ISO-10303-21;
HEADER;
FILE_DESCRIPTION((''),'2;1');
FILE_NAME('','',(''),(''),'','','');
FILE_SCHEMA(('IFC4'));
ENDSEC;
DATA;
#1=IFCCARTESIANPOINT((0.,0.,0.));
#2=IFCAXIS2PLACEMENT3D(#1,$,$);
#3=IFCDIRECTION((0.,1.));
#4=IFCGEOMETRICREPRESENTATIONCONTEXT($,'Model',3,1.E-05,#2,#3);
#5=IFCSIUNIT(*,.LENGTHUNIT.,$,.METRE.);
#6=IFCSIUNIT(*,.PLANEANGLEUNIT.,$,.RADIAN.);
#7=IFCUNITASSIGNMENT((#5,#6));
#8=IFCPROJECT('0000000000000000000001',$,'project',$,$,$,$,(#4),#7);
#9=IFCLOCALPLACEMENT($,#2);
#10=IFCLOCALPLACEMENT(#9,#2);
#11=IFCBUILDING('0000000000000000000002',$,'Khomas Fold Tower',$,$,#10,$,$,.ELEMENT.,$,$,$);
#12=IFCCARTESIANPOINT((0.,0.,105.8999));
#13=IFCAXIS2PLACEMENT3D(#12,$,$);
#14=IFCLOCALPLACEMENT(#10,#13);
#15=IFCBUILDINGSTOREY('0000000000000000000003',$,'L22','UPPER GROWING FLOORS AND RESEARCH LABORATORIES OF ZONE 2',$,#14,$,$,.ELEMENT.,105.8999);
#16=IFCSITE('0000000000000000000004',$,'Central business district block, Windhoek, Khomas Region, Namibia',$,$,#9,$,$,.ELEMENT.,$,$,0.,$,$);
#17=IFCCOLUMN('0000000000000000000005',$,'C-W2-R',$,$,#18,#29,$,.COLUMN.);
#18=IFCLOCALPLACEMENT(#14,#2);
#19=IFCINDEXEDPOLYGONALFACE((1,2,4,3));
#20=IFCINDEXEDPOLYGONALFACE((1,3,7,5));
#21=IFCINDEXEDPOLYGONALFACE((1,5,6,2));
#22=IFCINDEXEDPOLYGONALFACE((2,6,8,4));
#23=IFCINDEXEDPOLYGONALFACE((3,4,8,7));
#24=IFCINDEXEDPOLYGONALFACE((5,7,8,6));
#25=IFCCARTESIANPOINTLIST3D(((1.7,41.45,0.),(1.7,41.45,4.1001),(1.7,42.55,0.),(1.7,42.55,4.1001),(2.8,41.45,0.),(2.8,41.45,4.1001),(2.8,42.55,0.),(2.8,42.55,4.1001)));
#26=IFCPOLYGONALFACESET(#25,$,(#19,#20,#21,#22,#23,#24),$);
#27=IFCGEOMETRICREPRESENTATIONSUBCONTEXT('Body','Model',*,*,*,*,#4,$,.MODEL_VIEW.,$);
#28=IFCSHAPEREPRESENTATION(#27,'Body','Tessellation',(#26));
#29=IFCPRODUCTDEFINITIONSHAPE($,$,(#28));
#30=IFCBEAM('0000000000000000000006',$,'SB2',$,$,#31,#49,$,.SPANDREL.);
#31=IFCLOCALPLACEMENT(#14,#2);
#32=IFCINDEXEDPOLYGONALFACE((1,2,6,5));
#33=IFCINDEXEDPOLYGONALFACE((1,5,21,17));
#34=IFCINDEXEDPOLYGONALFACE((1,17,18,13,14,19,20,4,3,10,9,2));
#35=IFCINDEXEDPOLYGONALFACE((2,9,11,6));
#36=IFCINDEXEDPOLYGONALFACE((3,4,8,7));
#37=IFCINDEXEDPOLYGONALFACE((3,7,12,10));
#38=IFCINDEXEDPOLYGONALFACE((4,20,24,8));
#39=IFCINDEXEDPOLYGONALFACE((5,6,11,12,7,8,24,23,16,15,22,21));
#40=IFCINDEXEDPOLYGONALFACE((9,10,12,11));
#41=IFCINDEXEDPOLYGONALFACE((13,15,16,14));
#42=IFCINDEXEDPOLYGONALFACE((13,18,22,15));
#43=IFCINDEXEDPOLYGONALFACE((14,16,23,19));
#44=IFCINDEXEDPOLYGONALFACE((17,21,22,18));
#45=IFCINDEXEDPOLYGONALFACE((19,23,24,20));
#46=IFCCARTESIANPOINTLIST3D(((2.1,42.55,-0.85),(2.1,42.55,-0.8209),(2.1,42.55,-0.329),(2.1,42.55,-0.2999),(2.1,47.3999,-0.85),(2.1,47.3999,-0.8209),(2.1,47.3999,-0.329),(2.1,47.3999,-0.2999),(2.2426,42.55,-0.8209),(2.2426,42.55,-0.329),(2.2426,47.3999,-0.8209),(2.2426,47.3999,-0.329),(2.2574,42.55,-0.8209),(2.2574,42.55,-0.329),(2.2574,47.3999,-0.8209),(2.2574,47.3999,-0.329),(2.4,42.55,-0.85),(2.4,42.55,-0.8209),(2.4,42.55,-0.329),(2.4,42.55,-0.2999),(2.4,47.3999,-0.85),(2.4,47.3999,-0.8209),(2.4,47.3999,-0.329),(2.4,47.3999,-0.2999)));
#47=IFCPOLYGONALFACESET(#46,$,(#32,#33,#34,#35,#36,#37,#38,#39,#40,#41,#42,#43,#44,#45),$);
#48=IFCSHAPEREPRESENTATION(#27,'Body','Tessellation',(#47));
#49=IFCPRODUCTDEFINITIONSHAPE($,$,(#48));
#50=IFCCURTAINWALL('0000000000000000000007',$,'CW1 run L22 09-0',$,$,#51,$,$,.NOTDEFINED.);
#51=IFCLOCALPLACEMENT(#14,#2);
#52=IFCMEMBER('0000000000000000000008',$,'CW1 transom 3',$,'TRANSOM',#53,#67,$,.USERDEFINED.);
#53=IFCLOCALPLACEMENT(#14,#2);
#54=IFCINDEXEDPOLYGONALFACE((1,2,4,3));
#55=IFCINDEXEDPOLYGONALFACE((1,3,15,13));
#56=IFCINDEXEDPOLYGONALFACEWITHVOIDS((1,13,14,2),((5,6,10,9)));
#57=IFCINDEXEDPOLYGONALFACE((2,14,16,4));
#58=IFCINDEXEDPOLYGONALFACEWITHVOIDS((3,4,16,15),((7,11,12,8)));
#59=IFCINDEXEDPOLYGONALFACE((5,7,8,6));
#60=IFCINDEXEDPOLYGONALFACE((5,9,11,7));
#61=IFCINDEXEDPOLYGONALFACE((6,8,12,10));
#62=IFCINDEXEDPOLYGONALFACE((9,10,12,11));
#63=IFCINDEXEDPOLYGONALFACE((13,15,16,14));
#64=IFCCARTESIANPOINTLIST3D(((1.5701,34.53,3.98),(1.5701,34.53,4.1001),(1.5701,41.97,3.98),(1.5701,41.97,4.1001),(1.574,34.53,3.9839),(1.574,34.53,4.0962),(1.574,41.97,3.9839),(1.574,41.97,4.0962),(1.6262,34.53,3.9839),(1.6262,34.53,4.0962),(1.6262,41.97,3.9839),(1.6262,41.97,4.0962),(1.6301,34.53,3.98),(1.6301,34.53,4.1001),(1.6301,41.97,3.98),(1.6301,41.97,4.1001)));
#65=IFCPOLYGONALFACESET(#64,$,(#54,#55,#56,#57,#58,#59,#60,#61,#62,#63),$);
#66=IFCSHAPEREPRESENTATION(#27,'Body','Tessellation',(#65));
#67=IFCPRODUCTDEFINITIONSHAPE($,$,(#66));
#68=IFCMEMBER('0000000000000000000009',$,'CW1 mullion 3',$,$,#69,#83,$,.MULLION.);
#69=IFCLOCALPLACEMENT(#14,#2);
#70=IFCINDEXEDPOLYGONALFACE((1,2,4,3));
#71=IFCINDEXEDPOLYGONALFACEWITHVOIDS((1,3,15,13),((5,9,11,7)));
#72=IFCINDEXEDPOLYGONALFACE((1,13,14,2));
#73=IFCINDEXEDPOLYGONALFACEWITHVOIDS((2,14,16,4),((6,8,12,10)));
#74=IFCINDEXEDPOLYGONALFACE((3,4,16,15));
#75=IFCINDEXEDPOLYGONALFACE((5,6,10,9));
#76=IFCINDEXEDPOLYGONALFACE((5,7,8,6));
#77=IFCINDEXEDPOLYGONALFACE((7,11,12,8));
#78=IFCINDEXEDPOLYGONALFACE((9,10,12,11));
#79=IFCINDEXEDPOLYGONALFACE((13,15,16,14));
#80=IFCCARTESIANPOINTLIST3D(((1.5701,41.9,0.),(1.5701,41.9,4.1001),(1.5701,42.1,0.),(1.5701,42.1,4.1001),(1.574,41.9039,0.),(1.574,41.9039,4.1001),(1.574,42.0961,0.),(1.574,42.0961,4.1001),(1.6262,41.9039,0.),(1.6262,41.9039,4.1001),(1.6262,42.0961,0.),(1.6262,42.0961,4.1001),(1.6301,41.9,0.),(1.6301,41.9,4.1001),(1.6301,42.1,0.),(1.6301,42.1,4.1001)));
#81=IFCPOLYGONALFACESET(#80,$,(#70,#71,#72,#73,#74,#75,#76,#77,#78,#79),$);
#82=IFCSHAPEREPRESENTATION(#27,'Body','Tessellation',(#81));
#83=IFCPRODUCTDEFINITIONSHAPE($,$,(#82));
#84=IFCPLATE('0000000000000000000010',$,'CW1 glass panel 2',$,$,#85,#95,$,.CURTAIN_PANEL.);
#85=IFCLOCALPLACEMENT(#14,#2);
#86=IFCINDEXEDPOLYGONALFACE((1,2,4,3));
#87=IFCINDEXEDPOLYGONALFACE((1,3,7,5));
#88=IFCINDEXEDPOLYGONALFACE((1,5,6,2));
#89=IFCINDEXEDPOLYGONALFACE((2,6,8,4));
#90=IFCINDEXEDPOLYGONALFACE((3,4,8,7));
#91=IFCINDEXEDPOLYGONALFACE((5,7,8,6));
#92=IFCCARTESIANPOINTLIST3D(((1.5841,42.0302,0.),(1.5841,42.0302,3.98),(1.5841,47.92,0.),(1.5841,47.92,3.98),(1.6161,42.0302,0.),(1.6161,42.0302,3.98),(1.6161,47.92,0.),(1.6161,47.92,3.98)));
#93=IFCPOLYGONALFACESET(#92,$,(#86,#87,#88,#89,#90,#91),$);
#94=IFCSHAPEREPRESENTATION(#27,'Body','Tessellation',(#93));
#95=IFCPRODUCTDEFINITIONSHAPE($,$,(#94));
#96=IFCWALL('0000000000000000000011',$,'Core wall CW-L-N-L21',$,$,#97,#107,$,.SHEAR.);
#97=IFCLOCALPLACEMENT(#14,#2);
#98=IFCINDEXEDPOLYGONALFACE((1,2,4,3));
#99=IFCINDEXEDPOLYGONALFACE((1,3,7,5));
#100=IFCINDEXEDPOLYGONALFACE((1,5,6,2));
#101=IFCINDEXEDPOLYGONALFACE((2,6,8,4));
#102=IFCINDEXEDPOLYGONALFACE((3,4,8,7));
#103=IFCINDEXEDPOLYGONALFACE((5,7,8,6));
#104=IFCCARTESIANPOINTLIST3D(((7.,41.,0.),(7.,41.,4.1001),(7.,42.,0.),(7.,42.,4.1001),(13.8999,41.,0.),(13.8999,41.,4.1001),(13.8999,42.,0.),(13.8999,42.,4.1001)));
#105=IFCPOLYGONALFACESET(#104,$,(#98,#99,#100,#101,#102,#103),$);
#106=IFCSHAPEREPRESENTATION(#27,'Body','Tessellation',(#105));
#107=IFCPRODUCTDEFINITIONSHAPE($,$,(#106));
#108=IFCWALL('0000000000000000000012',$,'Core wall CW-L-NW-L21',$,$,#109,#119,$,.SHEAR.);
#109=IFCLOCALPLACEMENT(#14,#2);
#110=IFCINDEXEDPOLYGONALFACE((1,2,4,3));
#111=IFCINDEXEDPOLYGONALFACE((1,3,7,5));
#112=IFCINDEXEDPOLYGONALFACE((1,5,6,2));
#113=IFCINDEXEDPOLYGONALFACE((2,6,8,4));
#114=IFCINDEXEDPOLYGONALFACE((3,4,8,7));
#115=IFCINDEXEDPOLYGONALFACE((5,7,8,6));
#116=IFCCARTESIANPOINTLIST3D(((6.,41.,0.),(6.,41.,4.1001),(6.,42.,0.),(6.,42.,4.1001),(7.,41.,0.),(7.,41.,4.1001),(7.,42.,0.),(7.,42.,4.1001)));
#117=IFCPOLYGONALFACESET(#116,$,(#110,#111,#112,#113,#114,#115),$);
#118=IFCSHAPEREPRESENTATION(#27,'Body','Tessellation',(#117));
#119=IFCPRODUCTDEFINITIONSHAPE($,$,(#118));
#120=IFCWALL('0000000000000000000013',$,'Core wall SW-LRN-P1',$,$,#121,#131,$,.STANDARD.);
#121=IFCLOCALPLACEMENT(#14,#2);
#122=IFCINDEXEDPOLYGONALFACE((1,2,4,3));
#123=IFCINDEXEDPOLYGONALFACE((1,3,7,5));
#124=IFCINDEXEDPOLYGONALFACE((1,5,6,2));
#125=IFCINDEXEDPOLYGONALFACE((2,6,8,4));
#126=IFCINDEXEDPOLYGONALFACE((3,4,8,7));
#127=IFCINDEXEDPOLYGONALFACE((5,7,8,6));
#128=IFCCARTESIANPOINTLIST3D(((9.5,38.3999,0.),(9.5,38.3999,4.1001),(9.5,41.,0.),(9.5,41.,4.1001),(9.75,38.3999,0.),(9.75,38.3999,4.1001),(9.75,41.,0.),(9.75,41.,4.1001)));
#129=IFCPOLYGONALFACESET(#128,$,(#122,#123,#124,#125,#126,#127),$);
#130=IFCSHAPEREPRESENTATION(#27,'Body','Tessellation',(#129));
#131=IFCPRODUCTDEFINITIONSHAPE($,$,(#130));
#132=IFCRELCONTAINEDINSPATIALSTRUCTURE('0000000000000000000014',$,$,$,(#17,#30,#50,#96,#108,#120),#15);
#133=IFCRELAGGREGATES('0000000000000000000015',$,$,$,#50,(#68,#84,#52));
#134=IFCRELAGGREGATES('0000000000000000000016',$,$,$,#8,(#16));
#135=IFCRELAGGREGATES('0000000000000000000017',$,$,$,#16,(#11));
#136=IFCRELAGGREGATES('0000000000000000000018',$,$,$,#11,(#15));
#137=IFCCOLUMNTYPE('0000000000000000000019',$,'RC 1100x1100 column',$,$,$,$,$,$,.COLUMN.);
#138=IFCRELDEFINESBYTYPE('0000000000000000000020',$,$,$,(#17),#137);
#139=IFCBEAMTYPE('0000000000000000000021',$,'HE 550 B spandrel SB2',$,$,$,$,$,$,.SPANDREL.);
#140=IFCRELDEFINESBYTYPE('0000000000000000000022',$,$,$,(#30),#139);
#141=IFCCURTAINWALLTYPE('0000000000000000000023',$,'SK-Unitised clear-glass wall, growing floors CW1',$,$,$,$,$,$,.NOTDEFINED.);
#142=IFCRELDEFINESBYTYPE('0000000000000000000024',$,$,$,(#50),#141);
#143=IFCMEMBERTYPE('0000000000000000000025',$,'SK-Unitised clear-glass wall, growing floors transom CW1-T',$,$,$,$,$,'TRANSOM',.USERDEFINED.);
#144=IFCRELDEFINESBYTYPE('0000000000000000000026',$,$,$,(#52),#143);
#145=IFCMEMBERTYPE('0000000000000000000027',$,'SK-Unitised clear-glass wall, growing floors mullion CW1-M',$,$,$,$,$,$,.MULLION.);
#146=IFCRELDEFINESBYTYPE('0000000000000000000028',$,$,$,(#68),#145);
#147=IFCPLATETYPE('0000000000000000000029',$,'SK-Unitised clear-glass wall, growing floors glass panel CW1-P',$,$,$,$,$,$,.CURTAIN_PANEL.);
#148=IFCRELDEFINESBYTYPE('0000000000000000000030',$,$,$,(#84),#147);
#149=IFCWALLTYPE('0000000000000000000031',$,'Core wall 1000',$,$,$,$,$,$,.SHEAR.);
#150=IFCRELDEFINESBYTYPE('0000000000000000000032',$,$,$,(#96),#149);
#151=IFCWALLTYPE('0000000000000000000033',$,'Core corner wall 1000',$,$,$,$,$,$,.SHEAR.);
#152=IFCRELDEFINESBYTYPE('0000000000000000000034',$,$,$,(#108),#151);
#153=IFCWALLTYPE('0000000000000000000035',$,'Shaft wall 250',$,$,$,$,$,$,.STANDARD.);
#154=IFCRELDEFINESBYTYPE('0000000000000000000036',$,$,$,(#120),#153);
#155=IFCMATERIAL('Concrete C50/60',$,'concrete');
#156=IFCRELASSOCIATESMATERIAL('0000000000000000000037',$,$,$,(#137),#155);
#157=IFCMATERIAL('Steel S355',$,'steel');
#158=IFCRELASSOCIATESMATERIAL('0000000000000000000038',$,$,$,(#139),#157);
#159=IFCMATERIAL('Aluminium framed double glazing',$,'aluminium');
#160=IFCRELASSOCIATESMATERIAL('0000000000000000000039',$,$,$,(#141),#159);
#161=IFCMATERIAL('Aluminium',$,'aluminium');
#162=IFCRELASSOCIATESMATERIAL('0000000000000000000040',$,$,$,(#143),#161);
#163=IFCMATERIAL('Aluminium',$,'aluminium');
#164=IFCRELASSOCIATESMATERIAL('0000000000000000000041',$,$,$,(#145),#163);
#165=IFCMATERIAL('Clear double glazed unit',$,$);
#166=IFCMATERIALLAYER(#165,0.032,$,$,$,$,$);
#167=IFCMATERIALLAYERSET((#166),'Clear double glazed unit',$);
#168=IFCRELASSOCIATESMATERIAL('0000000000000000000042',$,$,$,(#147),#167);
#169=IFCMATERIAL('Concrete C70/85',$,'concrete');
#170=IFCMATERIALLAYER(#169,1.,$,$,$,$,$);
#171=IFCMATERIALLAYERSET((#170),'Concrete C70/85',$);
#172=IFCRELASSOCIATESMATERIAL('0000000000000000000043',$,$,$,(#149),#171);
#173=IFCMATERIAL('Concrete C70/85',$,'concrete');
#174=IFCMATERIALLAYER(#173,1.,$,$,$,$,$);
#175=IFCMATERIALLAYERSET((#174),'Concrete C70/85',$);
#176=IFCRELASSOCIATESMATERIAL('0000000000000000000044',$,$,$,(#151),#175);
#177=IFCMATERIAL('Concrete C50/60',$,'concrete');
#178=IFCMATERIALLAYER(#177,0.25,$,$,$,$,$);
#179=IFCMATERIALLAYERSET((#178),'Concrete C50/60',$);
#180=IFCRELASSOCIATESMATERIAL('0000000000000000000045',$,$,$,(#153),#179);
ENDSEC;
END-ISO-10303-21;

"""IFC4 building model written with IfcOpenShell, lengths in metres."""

from ifc_helpers import new_model, si_unit, direction, frame, frame_2d, origin, origin_2d, place, context, subcontext, project, spatial, rectangle, hollow_rectangle, i_section, extrude, source, transform, mapped, material, layer, layer_set, material_profile, profile_set, type_object, element, aggregate, save


model = new_model("IFC4")

# Units and contexts
model_context = context("Model", 3, precision=1e-05, world=origin(), true_north=direction((0.0, 1.0)))
body_context = subcontext(model_context, "Body", "Model", "MODEL_VIEW")
ifc_project = project(units=[si_unit("LENGTHUNIT", "METRE"), si_unit("PLANEANGLEUNIT", "RADIAN")], contexts=[model_context])

# Site, building, storey
site_placement = place(None, origin())
site = spatial("IfcSite", under=ifc_project, at=site_placement, Name="Central business district block, Windhoek, Khomas Region, Namibia", CompositionType="ELEMENT", RefElevation=0.0)
building_placement = place(site_placement, origin())
building = spatial("IfcBuilding", under=site, at=building_placement, Name="Khomas Fold Tower", CompositionType="ELEMENT")
storey_placement = place(building_placement, frame((0.0, 0.0, 105.8999)))
storey = spatial("IfcBuildingStorey", under=building, at=storey_placement, Name="L22", Description="UPPER GROWING FLOORS AND RESEARCH LABORATORIES OF ZONE 2", CompositionType="ELEMENT", Elevation=105.8999)

# Column
ifc_material_1 = material(Name="Concrete C50/60", Category="concrete")
ifc_material_profile_1 = material_profile(ifc_material_1, rectangle(XDim=1.1001, YDim=1.1001, at=origin_2d()), Name="RC 1100x1100")
ifc_profile_set_1 = profile_set([ifc_material_profile_1], Name="Concrete C50/60")
column_type = type_object("IfcColumnType", Name="RC 1100x1100 column", PredefinedType="COLUMN", material=ifc_profile_set_1)
shared_shape_1 = source(origin(), body_context, "Body", "SweptSolid", [
    extrude(rectangle(XDim=1.1001, YDim=1.1001, at=origin_2d()), origin(), (0.0, 0.0, 1.0), 4.1001),
])
column_placement = place(storey_placement, frame((2.25, 42.0, 0.0), z_axis=(0.0, 0.0, 1.0), x_axis=(1.0, 0.0, 0.0)))
element("IfcColumn", 1, at=column_placement, inside=storey, type_object=column_type, Name="C-W2-R", PredefinedType="COLUMN", context=body_context, shape_type="MappedRepresentation", body=[
    mapped(shared_shape_1, transform((0.0, 0.0, 0.0))),
])

# Beam
ifc_material_2 = material(Name="Steel S355", Category="steel")
ifc_material_profile_2 = material_profile(ifc_material_2, i_section(OverallWidth=0.3, OverallDepth=0.55, WebThickness=0.0149, FlangeThickness=0.0291, at=origin_2d()), Name="HE 550 B")
ifc_profile_set_2 = profile_set([ifc_material_profile_2], Name="Steel S355")
beam_type = type_object("IfcBeamType", Name="HE 550 B spandrel SB2", PredefinedType="SPANDREL", material=ifc_profile_set_2)
shared_shape_2 = source(origin(), body_context, "Body", "SweptSolid", [
    extrude(i_section(OverallWidth=0.3, OverallDepth=0.55, WebThickness=0.0149, FlangeThickness=0.0291, at=origin_2d()), origin(), (0.0, 0.0, 1.0), 4.8499),
])
beam_placement = place(storey_placement, frame((2.25, 42.55, -0.575), z_axis=(0.0, 1.0, 0.0), x_axis=(-1.0, 0.0, 0.0)))
element("IfcBeam", 2, at=beam_placement, inside=storey, type_object=beam_type, Name="SB2", PredefinedType="SPANDREL", context=body_context, shape_type="MappedRepresentation", body=[
    mapped(shared_shape_2, transform((0.0, 0.0, 0.0))),
])

# Curtain wall, members, plate
ifc_material_3 = material(Name="Aluminium framed double glazing", Category="aluminium")
curtain_wall_type = type_object("IfcCurtainWallType", Name="SK-Unitised clear-glass wall, growing floors CW1", PredefinedType="NOTDEFINED", material=ifc_material_3)
curtain_wall_placement = place(storey_placement, origin())
curtain_wall = element("IfcCurtainWall", 3, at=curtain_wall_placement, inside=storey, type_object=curtain_wall_type, Name="CW1 run L22 09-0", PredefinedType="NOTDEFINED")
ifc_material_4 = material(Name="Aluminium", Category="aluminium")
ifc_material_profile_3 = material_profile(ifc_material_4, hollow_rectangle(XDim=0.0601, YDim=0.1201, WallThickness=0.0039, at=origin_2d()), Name="SK-Unitised clear-glass wall, growing floors transom CW1-T")
ifc_profile_set_3 = profile_set([ifc_material_profile_3], Name="Aluminium")
member_type_1 = type_object("IfcMemberType", Name="SK-Unitised clear-glass wall, growing floors transom CW1-T", ElementType="TRANSOM", PredefinedType="USERDEFINED", material=ifc_profile_set_3)
shared_shape_3 = source(origin(), body_context, "Body", "SweptSolid", [
    extrude(hollow_rectangle(XDim=0.0601, YDim=0.1201, WallThickness=0.0039, at=origin_2d()), origin(), (0.0, 0.0, 1.0), 7.4399),
])
member_1_placement = place(storey_placement, frame((1.6001, 41.97, 4.04), z_axis=(0.0, -1.0, 0.0), x_axis=(1.0, 0.0, 0.0)))
member_1 = element("IfcMember", 4, at=member_1_placement, type_object=member_type_1, Name="CW1 transom 3", ObjectType="TRANSOM", PredefinedType="USERDEFINED", context=body_context, shape_type="MappedRepresentation", body=[
    mapped(shared_shape_3, transform((0.0, 0.0, 0.0))),
])
ifc_material_5 = material(Name="Aluminium", Category="aluminium")
ifc_material_profile_4 = material_profile(ifc_material_5, hollow_rectangle(XDim=0.0601, YDim=0.2, WallThickness=0.0039, at=origin_2d()), Name="SK-Unitised clear-glass wall, growing floors mullion CW1-M")
ifc_profile_set_4 = profile_set([ifc_material_profile_4], Name="Aluminium")
member_type_2 = type_object("IfcMemberType", Name="SK-Unitised clear-glass wall, growing floors mullion CW1-M", PredefinedType="MULLION", material=ifc_profile_set_4)
shared_shape_4 = source(origin(), body_context, "Body", "SweptSolid", [
    extrude(hollow_rectangle(XDim=0.0601, YDim=0.2, WallThickness=0.0039, at=origin_2d()), origin(), (0.0, 0.0, 1.0), 4.1001),
])
member_2_placement = place(storey_placement, frame((1.6001, 42.0, 0.0), z_axis=(0.0, 0.0, 1.0), x_axis=(1.0, 0.0, 0.0)))
member_2 = element("IfcMember", 5, at=member_2_placement, type_object=member_type_2, Name="CW1 mullion 3", PredefinedType="MULLION", context=body_context, shape_type="MappedRepresentation", body=[
    mapped(shared_shape_4, transform((0.0, 0.0, 0.0))),
])
ifc_material_6 = material(Name="Clear double glazed unit")
ifc_layer_1 = layer(ifc_material_6, 0.032)
ifc_layer_set_1 = layer_set([ifc_layer_1], Name="Clear double glazed unit")
plate_type = type_object("IfcPlateType", Name="SK-Unitised clear-glass wall, growing floors glass panel CW1-P", PredefinedType="CURTAIN_PANEL", material=ifc_layer_set_1)
shared_shape_5 = source(origin(), body_context, "Body", "SweptSolid", [
    extrude(rectangle(XDim=5.8899, YDim=0.032, at=origin_2d()), origin(), (0.0, 0.0, 1.0), 3.98),
])
plate_placement = place(storey_placement, frame((1.6001, 44.9751, 0.0), z_axis=(0.0, 0.0, 1.0), x_axis=(0.0, -1.0, 0.0)))
plate = element("IfcPlate", 6, at=plate_placement, type_object=plate_type, Name="CW1 glass panel 2", PredefinedType="CURTAIN_PANEL", context=body_context, shape_type="MappedRepresentation", body=[
    mapped(shared_shape_5, transform((0.0, 0.0, 0.0))),
])
aggregate(curtain_wall, [member_2, plate, member_1])

# Walls
ifc_material_7 = material(Name="Concrete C70/85", Category="concrete")
ifc_layer_2 = layer(ifc_material_7, 1.0)
ifc_layer_set_2 = layer_set([ifc_layer_2], Name="Concrete C70/85")
wall_type_1 = type_object("IfcWallType", Name="Core wall 1000", PredefinedType="SHEAR", material=ifc_layer_set_2)
shared_shape_6 = source(origin(), body_context, "Body", "SweptSolid", [
    extrude(rectangle(XDim=6.8999, YDim=1.0, at=frame_2d((3.45, 0.0))), origin(), (0.0, 0.0, 1.0), 4.1001),
])
wall_1_placement = place(storey_placement, frame((7.0, 41.5, 0.0), z_axis=(0.0, 0.0, 1.0), x_axis=(1.0, 0.0, 0.0)))
element("IfcWall", 7, at=wall_1_placement, inside=storey, type_object=wall_type_1, Name="Core wall CW-L-N-L21", PredefinedType="SHEAR", context=body_context, shape_type="MappedRepresentation", body=[
    mapped(shared_shape_6, transform((0.0, 0.0, 0.0))),
])
ifc_material_8 = material(Name="Concrete C70/85", Category="concrete")
ifc_layer_3 = layer(ifc_material_8, 1.0)
ifc_layer_set_3 = layer_set([ifc_layer_3], Name="Concrete C70/85")
wall_type_2 = type_object("IfcWallType", Name="Core corner wall 1000", PredefinedType="SHEAR", material=ifc_layer_set_3)
shared_shape_7 = source(origin(), body_context, "Body", "SweptSolid", [
    extrude(rectangle(XDim=1.0, YDim=1.0, at=frame_2d((0.5, 0.0))), origin(), (0.0, 0.0, 1.0), 4.1001),
])
wall_2_placement = place(storey_placement, frame((6.0, 41.5, 0.0), z_axis=(0.0, 0.0, 1.0), x_axis=(1.0, 0.0, 0.0)))
element("IfcWall", 8, at=wall_2_placement, inside=storey, type_object=wall_type_2, Name="Core wall CW-L-NW-L21", PredefinedType="SHEAR", context=body_context, shape_type="MappedRepresentation", body=[
    mapped(shared_shape_7, transform((0.0, 0.0, 0.0))),
])
ifc_material_9 = material(Name="Concrete C50/60", Category="concrete")
ifc_layer_4 = layer(ifc_material_9, 0.25)
ifc_layer_set_4 = layer_set([ifc_layer_4], Name="Concrete C50/60")
wall_type_3 = type_object("IfcWallType", Name="Shaft wall 250", PredefinedType="STANDARD", material=ifc_layer_set_4)
shared_shape_8 = source(origin(), body_context, "Body", "SweptSolid", [
    extrude(rectangle(XDim=2.6001, YDim=0.25, at=frame_2d((1.3, 0.0))), origin(), (0.0, 0.0, 1.0), 4.1001),
])
wall_3_placement = place(storey_placement, frame((9.625, 38.3999, 0.0), z_axis=(0.0, 0.0, 1.0), x_axis=(0.0, 1.0, 0.0)))
element("IfcWall", 9, at=wall_3_placement, inside=storey, type_object=wall_type_3, Name="Core wall SW-LRN-P1", PredefinedType="STANDARD", context=body_context, shape_type="MappedRepresentation", body=[
    mapped(shared_shape_8, transform((0.0, 0.0, 0.0))),
])

save(model, "model.ifc")
